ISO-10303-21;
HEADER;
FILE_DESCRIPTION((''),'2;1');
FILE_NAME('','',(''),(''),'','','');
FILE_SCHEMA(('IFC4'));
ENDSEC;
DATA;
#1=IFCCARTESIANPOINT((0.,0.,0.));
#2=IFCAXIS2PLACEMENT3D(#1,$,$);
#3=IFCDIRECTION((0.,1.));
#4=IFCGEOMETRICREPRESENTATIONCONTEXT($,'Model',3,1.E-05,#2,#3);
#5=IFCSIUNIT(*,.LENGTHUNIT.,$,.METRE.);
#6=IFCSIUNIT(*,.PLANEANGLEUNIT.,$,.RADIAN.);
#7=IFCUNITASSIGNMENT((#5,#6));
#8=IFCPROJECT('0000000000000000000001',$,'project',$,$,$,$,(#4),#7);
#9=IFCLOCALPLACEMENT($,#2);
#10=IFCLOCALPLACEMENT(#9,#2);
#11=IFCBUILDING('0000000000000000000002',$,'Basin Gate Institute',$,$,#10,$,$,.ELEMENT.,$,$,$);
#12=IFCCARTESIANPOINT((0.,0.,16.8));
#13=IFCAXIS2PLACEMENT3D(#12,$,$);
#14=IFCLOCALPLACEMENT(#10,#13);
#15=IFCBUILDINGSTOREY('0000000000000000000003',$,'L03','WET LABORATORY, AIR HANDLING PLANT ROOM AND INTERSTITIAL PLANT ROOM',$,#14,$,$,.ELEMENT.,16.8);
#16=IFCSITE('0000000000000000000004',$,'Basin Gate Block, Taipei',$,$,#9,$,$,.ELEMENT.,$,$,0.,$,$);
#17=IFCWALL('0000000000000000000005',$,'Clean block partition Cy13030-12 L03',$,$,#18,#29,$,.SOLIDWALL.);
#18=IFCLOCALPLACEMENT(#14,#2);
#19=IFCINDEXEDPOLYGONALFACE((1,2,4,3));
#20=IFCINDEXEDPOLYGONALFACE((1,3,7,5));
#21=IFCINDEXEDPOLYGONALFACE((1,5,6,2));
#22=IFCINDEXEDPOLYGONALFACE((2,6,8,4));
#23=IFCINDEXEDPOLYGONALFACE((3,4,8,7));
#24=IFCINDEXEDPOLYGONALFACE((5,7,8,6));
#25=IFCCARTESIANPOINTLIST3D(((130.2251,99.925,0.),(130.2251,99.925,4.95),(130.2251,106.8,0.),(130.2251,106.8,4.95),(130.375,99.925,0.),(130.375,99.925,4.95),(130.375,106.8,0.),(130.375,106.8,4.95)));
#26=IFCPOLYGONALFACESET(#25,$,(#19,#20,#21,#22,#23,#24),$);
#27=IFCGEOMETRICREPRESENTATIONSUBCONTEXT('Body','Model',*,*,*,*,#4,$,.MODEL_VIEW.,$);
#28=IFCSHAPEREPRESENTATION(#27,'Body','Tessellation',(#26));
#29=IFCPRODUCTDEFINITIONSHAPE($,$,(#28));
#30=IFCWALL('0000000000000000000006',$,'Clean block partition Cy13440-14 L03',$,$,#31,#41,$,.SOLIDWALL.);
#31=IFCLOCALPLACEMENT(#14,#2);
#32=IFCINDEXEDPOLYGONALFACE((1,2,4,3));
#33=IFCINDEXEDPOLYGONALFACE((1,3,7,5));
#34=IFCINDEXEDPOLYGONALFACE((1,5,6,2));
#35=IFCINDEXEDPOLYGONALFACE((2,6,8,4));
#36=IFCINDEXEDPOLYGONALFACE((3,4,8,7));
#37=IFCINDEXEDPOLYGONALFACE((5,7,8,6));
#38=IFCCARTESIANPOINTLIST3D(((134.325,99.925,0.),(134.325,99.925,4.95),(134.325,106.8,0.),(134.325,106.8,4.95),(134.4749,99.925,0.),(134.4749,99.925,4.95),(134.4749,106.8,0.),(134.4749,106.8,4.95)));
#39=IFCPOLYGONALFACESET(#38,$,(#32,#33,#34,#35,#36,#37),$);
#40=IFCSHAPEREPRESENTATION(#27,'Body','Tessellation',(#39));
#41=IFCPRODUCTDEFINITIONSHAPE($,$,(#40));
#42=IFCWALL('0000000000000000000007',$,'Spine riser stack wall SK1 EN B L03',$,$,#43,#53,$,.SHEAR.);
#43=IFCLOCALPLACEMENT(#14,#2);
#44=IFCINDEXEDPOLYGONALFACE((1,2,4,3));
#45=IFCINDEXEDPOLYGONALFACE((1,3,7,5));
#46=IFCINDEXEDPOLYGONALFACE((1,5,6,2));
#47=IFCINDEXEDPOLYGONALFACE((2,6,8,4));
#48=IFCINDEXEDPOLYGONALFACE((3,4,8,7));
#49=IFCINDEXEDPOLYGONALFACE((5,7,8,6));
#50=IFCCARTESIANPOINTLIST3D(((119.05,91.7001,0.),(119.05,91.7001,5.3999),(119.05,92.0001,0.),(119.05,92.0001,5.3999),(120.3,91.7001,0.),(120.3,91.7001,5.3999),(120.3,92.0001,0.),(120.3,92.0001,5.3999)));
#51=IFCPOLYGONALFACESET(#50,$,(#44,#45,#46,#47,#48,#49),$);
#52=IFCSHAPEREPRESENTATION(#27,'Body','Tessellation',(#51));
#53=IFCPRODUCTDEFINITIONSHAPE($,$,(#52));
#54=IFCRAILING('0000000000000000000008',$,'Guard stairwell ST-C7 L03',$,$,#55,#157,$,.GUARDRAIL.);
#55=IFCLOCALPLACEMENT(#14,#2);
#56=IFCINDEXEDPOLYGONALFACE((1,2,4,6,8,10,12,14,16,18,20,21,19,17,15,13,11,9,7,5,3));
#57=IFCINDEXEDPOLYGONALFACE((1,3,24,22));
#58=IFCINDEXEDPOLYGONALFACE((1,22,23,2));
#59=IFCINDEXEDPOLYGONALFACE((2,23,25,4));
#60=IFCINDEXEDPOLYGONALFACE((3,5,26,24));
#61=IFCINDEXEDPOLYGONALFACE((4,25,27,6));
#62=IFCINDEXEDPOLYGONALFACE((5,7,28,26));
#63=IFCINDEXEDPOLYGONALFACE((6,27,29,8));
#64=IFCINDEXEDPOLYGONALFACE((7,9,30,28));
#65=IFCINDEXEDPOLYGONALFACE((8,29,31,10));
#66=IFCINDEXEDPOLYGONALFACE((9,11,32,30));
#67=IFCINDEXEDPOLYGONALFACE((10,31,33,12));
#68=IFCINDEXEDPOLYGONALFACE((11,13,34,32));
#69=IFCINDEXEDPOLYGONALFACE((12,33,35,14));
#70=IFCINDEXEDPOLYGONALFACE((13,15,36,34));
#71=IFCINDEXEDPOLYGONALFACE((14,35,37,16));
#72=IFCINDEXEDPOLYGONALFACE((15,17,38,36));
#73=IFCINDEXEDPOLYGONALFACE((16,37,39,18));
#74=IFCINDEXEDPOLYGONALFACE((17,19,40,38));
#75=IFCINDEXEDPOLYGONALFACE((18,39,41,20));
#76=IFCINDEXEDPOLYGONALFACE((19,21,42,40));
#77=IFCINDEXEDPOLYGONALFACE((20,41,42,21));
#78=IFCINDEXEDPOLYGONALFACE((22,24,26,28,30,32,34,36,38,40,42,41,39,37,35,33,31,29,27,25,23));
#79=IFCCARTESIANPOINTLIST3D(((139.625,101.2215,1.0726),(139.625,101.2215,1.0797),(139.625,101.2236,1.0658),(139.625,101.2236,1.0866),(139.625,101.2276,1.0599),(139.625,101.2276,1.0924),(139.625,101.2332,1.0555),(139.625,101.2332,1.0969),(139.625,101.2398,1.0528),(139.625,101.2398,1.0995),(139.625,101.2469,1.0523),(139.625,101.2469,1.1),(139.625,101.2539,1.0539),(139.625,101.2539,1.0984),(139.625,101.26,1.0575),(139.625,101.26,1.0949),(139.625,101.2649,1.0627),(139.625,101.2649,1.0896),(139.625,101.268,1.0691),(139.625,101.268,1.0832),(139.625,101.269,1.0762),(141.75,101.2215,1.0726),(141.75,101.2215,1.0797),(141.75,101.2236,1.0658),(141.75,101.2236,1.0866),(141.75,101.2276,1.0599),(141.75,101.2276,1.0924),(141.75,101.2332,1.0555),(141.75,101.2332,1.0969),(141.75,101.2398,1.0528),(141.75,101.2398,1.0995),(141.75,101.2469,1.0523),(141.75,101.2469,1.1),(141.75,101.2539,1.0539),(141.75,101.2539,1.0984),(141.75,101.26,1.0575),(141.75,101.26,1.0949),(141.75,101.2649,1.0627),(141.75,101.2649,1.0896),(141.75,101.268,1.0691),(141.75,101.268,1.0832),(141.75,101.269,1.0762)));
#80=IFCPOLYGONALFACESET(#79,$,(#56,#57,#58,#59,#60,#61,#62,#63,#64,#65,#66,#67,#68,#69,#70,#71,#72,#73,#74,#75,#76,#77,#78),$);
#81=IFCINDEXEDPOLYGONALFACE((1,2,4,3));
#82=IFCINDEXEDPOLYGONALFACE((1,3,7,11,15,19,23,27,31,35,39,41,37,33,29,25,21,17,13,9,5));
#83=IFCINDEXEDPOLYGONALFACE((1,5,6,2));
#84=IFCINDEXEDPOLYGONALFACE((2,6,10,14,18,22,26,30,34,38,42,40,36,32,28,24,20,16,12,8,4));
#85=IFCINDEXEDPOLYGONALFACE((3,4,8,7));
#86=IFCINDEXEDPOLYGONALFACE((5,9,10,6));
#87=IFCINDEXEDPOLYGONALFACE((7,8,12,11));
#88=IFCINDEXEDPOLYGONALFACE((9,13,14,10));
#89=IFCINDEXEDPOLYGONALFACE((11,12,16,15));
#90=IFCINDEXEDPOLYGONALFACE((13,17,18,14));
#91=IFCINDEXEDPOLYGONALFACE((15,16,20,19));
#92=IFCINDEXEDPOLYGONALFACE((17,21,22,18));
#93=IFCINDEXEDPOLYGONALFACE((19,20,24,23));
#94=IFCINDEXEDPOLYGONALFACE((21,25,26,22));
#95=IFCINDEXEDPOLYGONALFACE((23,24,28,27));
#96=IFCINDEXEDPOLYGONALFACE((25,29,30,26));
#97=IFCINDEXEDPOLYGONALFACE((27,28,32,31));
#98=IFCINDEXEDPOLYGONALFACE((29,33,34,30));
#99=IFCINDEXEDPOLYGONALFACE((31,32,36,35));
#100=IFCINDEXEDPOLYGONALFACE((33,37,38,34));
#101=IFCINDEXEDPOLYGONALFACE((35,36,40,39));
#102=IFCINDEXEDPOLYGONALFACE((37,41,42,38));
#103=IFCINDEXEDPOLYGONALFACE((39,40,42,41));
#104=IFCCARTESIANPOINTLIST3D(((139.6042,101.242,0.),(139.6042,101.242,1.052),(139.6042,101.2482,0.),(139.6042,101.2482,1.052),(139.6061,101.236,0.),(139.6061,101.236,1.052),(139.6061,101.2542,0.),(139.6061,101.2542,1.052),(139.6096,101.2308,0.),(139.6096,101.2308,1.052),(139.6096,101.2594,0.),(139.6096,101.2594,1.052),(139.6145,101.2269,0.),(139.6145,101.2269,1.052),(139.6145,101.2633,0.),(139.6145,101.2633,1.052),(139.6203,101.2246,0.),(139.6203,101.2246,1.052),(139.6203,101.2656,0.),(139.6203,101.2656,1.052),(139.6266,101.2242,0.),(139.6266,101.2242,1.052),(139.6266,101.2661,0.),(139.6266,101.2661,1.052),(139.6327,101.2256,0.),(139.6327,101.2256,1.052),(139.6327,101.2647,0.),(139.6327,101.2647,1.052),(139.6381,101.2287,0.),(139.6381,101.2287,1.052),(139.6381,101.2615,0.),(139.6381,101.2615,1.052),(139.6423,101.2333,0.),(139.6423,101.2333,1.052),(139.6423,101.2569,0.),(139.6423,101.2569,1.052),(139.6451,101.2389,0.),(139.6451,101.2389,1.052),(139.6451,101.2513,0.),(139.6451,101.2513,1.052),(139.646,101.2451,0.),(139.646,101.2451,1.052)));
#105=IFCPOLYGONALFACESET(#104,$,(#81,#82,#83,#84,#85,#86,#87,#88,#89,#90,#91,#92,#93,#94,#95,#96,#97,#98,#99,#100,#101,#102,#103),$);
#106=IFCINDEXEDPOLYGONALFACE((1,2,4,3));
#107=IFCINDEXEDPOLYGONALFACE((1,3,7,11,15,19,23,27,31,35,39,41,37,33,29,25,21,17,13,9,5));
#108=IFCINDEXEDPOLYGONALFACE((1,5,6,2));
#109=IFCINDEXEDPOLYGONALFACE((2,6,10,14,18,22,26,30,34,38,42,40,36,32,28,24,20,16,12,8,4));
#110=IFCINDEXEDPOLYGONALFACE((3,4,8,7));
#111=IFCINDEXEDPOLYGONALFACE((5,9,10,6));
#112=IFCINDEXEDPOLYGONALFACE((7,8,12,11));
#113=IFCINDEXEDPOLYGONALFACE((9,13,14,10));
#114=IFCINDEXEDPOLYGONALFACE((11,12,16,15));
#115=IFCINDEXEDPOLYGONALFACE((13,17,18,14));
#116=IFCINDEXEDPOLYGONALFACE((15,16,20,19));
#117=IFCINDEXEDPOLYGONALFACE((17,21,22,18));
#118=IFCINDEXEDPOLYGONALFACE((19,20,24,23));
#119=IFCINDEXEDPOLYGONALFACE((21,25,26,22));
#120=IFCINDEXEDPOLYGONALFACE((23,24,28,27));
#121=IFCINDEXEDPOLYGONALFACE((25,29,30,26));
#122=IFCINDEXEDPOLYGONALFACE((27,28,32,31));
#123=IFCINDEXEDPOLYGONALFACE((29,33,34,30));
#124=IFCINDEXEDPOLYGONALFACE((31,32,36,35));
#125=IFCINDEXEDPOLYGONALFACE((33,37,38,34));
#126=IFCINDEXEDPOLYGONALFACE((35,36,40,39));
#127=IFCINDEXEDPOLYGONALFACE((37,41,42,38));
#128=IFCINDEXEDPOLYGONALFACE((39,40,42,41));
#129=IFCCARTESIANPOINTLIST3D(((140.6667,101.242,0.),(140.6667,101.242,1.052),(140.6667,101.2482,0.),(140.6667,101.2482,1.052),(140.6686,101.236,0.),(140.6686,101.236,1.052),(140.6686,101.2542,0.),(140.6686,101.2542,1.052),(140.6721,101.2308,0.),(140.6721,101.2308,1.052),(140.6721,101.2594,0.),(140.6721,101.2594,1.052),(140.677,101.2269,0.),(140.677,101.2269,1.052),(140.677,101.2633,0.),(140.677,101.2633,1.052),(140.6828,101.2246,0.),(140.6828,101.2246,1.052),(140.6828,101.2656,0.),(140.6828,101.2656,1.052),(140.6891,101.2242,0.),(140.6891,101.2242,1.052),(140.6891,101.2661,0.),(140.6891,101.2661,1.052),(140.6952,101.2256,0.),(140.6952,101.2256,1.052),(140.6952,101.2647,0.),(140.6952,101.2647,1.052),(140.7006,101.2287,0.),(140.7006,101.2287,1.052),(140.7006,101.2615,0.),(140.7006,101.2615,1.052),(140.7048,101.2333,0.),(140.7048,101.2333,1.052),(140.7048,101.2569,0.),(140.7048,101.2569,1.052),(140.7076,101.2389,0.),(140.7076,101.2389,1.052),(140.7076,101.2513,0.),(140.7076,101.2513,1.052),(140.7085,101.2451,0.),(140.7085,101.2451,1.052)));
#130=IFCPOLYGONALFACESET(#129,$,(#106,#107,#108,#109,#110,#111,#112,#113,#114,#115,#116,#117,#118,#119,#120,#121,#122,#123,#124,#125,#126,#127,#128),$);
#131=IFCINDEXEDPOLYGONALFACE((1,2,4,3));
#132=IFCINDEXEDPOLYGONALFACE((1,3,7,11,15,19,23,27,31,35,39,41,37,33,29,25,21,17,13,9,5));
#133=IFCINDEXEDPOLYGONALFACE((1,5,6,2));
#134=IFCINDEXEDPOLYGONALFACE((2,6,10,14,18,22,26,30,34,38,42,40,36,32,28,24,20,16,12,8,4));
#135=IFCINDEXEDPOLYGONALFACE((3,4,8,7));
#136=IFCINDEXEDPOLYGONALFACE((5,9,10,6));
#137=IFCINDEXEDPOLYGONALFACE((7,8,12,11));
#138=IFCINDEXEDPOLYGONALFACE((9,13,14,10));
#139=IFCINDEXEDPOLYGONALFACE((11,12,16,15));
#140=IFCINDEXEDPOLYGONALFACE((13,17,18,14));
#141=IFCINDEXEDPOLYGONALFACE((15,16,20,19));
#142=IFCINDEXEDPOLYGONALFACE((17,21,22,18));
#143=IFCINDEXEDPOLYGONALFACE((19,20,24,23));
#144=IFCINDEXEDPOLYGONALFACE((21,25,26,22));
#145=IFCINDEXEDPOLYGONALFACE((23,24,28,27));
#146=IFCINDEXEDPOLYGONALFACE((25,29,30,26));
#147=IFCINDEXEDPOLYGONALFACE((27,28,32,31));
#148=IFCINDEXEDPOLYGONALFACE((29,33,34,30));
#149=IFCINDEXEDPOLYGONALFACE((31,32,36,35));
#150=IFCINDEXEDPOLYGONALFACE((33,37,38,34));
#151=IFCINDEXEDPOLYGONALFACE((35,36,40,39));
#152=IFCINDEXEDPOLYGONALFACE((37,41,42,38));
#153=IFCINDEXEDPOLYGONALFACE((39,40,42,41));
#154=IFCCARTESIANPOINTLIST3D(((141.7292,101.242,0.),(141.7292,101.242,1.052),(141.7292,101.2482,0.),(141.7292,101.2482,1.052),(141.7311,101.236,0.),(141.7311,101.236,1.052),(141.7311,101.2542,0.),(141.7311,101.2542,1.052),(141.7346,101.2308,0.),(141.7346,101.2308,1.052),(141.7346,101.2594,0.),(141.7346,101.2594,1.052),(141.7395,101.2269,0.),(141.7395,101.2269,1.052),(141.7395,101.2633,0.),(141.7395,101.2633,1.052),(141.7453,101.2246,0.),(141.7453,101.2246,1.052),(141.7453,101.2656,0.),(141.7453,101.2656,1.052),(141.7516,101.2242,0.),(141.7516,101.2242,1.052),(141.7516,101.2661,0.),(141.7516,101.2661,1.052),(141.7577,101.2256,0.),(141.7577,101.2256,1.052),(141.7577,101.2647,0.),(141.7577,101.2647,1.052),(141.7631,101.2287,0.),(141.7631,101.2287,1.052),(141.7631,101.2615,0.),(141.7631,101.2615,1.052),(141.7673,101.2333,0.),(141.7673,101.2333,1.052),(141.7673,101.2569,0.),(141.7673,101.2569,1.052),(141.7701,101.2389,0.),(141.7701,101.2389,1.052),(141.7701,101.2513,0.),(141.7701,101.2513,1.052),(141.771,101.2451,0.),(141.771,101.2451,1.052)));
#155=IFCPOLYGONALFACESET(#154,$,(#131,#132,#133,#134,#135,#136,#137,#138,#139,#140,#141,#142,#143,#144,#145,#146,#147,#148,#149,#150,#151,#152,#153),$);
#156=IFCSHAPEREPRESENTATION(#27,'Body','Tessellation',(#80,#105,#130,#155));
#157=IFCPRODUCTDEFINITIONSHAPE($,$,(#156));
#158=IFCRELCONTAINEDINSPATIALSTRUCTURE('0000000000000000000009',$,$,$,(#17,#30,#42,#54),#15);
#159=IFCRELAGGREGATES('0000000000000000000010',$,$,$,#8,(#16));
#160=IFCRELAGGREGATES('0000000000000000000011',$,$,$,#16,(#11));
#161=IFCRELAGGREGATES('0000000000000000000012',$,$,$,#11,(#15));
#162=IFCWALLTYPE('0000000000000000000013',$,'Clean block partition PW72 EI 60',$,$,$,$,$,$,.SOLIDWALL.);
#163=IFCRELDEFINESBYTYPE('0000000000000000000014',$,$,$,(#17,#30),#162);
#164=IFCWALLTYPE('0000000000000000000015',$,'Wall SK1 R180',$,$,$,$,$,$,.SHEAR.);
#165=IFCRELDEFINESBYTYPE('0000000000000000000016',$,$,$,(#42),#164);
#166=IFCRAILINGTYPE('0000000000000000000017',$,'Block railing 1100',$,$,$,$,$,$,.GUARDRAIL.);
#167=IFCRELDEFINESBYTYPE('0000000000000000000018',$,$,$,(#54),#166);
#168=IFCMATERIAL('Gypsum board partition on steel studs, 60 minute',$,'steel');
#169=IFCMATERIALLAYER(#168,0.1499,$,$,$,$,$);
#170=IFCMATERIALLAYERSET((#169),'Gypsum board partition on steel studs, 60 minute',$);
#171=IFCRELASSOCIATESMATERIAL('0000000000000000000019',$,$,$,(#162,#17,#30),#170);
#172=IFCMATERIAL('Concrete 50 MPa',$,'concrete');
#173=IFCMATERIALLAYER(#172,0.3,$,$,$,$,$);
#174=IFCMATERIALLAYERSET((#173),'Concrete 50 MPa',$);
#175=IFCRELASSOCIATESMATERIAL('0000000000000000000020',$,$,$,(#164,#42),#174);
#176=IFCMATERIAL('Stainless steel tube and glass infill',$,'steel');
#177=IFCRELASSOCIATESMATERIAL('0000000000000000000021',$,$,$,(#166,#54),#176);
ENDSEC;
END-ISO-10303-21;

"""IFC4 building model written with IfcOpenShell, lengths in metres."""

from ifc_helpers import new_model, si_unit, direction, frame, frame_2d, origin, origin_2d, place, context, subcontext, project, spatial, rectangle, circle, extrude, material, layer, layer_set, type_object, element, save


model = new_model("IFC4")

# Units and contexts
model_context = context("Model", 3, precision=1e-05, world=origin(), true_north=direction((0.0, 1.0)))
body_context = subcontext(model_context, "Body", "Model", "MODEL_VIEW")
ifc_project = project(units=[si_unit("LENGTHUNIT", "METRE"), si_unit("PLANEANGLEUNIT", "RADIAN")], contexts=[model_context])

# Site, building, storey
site_placement = place(None, origin())
site = spatial("IfcSite", under=ifc_project, at=site_placement, Name="Basin Gate Block, Taipei", CompositionType="ELEMENT", RefElevation=0.0)
building_placement = place(site_placement, origin())
building = spatial("IfcBuilding", under=site, at=building_placement, Name="Basin Gate Institute", CompositionType="ELEMENT")
storey_placement = place(building_placement, frame((0.0, 0.0, 16.8)))
storey = spatial("IfcBuildingStorey", under=building, at=storey_placement, Name="L03", Description="WET LABORATORY, AIR HANDLING PLANT ROOM AND INTERSTITIAL PLANT ROOM", CompositionType="ELEMENT", Elevation=16.8)

# Walls
ifc_material_1 = material(Name="Gypsum board partition on steel studs, 60 minute", Category="steel")
ifc_layer_1 = layer(ifc_material_1, 0.1499)
ifc_layer_set_1 = layer_set([ifc_layer_1], Name="Gypsum board partition on steel studs, 60 minute")
wall_type_1 = type_object("IfcWallType", Name="Clean block partition PW72 EI 60", PredefinedType="SOLIDWALL", material=ifc_layer_set_1)
for number, where, z_axis, x_axis, name in (
    (1, (130.3, 99.925, 0.0), (0.0, 0.0, 1.0), (0.0, 1.0, 0.0), "Clean block partition Cy13030-12 L03"),
    (2, (134.3999, 99.925, 0.0), (0.0, 0.0, 1.0), (0.0, 1.0, 0.0), "Clean block partition Cy13440-14 L03"),
):
    element("IfcWall", number, at=place(storey_placement, frame(where, z_axis=z_axis, x_axis=x_axis)), inside=storey, type_object=wall_type_1, material=ifc_layer_set_1, Name=name, PredefinedType="SOLIDWALL", context=body_context, shape_type="SweptSolid", body=[
        extrude(rectangle(XDim=6.875, YDim=0.1499, at=frame_2d((3.4375, 0.0))), origin(), (0.0, 0.0, 1.0), 4.95),
    ])
ifc_material_2 = material(Name="Concrete 50 MPa", Category="concrete")
ifc_layer_2 = layer(ifc_material_2, 0.3)
ifc_layer_set_2 = layer_set([ifc_layer_2], Name="Concrete 50 MPa")
wall_type_2 = type_object("IfcWallType", Name="Wall SK1 R180", PredefinedType="SHEAR", material=ifc_layer_set_2)
wall_1_placement = place(storey_placement, frame((119.05, 91.8501, 0.0), z_axis=(0.0, 0.0, 1.0), x_axis=(1.0, 0.0, 0.0)))
element("IfcWall", 3, at=wall_1_placement, inside=storey, type_object=wall_type_2, material=ifc_layer_set_2, Name="Spine riser stack wall SK1 EN B L03", PredefinedType="SHEAR", context=body_context, shape_type="SweptSolid", body=[
    extrude(rectangle(XDim=1.25, YDim=0.3, at=frame_2d((0.625, 0.0))), origin(), (0.0, 0.0, 1.0), 5.3999),
])

# Railing
ifc_material_3 = material(Name="Stainless steel tube and glass infill", Category="steel")
railing_type = type_object("IfcRailingType", Name="Block railing 1100", PredefinedType="GUARDRAIL", material=ifc_material_3)
railing_1_placement = place(storey_placement, frame((139.625, 101.2451, 0.0)))
element("IfcRailing", 4, at=railing_1_placement, inside=storey, type_object=railing_type, material=ifc_material_3, Name="Guard stairwell ST-C7 L03", PredefinedType="GUARDRAIL", context=body_context, shape_type="SweptSolid", body=[
    extrude(circle(Radius=0.0239, at=origin_2d()), frame((0.0, 0.0, 1.0762), z_axis=(1.0, 0.0, 0.0), x_axis=(0.0, 1.0, 0.0)), (0.0, 0.0, 1.0), 2.125),
    extrude(circle(Radius=0.021, at=origin_2d()), origin(), (0.0, 0.0, 1.0), 1.052),
    extrude(circle(Radius=0.021, at=origin_2d()), frame((1.0625, 0.0, 0.0)), (0.0, 0.0, 1.0), 1.052),
    extrude(circle(Radius=0.021, at=origin_2d()), frame((2.125, 0.0, 0.0)), (0.0, 0.0, 1.0), 1.052),
])

save(model, "model.ifc")
